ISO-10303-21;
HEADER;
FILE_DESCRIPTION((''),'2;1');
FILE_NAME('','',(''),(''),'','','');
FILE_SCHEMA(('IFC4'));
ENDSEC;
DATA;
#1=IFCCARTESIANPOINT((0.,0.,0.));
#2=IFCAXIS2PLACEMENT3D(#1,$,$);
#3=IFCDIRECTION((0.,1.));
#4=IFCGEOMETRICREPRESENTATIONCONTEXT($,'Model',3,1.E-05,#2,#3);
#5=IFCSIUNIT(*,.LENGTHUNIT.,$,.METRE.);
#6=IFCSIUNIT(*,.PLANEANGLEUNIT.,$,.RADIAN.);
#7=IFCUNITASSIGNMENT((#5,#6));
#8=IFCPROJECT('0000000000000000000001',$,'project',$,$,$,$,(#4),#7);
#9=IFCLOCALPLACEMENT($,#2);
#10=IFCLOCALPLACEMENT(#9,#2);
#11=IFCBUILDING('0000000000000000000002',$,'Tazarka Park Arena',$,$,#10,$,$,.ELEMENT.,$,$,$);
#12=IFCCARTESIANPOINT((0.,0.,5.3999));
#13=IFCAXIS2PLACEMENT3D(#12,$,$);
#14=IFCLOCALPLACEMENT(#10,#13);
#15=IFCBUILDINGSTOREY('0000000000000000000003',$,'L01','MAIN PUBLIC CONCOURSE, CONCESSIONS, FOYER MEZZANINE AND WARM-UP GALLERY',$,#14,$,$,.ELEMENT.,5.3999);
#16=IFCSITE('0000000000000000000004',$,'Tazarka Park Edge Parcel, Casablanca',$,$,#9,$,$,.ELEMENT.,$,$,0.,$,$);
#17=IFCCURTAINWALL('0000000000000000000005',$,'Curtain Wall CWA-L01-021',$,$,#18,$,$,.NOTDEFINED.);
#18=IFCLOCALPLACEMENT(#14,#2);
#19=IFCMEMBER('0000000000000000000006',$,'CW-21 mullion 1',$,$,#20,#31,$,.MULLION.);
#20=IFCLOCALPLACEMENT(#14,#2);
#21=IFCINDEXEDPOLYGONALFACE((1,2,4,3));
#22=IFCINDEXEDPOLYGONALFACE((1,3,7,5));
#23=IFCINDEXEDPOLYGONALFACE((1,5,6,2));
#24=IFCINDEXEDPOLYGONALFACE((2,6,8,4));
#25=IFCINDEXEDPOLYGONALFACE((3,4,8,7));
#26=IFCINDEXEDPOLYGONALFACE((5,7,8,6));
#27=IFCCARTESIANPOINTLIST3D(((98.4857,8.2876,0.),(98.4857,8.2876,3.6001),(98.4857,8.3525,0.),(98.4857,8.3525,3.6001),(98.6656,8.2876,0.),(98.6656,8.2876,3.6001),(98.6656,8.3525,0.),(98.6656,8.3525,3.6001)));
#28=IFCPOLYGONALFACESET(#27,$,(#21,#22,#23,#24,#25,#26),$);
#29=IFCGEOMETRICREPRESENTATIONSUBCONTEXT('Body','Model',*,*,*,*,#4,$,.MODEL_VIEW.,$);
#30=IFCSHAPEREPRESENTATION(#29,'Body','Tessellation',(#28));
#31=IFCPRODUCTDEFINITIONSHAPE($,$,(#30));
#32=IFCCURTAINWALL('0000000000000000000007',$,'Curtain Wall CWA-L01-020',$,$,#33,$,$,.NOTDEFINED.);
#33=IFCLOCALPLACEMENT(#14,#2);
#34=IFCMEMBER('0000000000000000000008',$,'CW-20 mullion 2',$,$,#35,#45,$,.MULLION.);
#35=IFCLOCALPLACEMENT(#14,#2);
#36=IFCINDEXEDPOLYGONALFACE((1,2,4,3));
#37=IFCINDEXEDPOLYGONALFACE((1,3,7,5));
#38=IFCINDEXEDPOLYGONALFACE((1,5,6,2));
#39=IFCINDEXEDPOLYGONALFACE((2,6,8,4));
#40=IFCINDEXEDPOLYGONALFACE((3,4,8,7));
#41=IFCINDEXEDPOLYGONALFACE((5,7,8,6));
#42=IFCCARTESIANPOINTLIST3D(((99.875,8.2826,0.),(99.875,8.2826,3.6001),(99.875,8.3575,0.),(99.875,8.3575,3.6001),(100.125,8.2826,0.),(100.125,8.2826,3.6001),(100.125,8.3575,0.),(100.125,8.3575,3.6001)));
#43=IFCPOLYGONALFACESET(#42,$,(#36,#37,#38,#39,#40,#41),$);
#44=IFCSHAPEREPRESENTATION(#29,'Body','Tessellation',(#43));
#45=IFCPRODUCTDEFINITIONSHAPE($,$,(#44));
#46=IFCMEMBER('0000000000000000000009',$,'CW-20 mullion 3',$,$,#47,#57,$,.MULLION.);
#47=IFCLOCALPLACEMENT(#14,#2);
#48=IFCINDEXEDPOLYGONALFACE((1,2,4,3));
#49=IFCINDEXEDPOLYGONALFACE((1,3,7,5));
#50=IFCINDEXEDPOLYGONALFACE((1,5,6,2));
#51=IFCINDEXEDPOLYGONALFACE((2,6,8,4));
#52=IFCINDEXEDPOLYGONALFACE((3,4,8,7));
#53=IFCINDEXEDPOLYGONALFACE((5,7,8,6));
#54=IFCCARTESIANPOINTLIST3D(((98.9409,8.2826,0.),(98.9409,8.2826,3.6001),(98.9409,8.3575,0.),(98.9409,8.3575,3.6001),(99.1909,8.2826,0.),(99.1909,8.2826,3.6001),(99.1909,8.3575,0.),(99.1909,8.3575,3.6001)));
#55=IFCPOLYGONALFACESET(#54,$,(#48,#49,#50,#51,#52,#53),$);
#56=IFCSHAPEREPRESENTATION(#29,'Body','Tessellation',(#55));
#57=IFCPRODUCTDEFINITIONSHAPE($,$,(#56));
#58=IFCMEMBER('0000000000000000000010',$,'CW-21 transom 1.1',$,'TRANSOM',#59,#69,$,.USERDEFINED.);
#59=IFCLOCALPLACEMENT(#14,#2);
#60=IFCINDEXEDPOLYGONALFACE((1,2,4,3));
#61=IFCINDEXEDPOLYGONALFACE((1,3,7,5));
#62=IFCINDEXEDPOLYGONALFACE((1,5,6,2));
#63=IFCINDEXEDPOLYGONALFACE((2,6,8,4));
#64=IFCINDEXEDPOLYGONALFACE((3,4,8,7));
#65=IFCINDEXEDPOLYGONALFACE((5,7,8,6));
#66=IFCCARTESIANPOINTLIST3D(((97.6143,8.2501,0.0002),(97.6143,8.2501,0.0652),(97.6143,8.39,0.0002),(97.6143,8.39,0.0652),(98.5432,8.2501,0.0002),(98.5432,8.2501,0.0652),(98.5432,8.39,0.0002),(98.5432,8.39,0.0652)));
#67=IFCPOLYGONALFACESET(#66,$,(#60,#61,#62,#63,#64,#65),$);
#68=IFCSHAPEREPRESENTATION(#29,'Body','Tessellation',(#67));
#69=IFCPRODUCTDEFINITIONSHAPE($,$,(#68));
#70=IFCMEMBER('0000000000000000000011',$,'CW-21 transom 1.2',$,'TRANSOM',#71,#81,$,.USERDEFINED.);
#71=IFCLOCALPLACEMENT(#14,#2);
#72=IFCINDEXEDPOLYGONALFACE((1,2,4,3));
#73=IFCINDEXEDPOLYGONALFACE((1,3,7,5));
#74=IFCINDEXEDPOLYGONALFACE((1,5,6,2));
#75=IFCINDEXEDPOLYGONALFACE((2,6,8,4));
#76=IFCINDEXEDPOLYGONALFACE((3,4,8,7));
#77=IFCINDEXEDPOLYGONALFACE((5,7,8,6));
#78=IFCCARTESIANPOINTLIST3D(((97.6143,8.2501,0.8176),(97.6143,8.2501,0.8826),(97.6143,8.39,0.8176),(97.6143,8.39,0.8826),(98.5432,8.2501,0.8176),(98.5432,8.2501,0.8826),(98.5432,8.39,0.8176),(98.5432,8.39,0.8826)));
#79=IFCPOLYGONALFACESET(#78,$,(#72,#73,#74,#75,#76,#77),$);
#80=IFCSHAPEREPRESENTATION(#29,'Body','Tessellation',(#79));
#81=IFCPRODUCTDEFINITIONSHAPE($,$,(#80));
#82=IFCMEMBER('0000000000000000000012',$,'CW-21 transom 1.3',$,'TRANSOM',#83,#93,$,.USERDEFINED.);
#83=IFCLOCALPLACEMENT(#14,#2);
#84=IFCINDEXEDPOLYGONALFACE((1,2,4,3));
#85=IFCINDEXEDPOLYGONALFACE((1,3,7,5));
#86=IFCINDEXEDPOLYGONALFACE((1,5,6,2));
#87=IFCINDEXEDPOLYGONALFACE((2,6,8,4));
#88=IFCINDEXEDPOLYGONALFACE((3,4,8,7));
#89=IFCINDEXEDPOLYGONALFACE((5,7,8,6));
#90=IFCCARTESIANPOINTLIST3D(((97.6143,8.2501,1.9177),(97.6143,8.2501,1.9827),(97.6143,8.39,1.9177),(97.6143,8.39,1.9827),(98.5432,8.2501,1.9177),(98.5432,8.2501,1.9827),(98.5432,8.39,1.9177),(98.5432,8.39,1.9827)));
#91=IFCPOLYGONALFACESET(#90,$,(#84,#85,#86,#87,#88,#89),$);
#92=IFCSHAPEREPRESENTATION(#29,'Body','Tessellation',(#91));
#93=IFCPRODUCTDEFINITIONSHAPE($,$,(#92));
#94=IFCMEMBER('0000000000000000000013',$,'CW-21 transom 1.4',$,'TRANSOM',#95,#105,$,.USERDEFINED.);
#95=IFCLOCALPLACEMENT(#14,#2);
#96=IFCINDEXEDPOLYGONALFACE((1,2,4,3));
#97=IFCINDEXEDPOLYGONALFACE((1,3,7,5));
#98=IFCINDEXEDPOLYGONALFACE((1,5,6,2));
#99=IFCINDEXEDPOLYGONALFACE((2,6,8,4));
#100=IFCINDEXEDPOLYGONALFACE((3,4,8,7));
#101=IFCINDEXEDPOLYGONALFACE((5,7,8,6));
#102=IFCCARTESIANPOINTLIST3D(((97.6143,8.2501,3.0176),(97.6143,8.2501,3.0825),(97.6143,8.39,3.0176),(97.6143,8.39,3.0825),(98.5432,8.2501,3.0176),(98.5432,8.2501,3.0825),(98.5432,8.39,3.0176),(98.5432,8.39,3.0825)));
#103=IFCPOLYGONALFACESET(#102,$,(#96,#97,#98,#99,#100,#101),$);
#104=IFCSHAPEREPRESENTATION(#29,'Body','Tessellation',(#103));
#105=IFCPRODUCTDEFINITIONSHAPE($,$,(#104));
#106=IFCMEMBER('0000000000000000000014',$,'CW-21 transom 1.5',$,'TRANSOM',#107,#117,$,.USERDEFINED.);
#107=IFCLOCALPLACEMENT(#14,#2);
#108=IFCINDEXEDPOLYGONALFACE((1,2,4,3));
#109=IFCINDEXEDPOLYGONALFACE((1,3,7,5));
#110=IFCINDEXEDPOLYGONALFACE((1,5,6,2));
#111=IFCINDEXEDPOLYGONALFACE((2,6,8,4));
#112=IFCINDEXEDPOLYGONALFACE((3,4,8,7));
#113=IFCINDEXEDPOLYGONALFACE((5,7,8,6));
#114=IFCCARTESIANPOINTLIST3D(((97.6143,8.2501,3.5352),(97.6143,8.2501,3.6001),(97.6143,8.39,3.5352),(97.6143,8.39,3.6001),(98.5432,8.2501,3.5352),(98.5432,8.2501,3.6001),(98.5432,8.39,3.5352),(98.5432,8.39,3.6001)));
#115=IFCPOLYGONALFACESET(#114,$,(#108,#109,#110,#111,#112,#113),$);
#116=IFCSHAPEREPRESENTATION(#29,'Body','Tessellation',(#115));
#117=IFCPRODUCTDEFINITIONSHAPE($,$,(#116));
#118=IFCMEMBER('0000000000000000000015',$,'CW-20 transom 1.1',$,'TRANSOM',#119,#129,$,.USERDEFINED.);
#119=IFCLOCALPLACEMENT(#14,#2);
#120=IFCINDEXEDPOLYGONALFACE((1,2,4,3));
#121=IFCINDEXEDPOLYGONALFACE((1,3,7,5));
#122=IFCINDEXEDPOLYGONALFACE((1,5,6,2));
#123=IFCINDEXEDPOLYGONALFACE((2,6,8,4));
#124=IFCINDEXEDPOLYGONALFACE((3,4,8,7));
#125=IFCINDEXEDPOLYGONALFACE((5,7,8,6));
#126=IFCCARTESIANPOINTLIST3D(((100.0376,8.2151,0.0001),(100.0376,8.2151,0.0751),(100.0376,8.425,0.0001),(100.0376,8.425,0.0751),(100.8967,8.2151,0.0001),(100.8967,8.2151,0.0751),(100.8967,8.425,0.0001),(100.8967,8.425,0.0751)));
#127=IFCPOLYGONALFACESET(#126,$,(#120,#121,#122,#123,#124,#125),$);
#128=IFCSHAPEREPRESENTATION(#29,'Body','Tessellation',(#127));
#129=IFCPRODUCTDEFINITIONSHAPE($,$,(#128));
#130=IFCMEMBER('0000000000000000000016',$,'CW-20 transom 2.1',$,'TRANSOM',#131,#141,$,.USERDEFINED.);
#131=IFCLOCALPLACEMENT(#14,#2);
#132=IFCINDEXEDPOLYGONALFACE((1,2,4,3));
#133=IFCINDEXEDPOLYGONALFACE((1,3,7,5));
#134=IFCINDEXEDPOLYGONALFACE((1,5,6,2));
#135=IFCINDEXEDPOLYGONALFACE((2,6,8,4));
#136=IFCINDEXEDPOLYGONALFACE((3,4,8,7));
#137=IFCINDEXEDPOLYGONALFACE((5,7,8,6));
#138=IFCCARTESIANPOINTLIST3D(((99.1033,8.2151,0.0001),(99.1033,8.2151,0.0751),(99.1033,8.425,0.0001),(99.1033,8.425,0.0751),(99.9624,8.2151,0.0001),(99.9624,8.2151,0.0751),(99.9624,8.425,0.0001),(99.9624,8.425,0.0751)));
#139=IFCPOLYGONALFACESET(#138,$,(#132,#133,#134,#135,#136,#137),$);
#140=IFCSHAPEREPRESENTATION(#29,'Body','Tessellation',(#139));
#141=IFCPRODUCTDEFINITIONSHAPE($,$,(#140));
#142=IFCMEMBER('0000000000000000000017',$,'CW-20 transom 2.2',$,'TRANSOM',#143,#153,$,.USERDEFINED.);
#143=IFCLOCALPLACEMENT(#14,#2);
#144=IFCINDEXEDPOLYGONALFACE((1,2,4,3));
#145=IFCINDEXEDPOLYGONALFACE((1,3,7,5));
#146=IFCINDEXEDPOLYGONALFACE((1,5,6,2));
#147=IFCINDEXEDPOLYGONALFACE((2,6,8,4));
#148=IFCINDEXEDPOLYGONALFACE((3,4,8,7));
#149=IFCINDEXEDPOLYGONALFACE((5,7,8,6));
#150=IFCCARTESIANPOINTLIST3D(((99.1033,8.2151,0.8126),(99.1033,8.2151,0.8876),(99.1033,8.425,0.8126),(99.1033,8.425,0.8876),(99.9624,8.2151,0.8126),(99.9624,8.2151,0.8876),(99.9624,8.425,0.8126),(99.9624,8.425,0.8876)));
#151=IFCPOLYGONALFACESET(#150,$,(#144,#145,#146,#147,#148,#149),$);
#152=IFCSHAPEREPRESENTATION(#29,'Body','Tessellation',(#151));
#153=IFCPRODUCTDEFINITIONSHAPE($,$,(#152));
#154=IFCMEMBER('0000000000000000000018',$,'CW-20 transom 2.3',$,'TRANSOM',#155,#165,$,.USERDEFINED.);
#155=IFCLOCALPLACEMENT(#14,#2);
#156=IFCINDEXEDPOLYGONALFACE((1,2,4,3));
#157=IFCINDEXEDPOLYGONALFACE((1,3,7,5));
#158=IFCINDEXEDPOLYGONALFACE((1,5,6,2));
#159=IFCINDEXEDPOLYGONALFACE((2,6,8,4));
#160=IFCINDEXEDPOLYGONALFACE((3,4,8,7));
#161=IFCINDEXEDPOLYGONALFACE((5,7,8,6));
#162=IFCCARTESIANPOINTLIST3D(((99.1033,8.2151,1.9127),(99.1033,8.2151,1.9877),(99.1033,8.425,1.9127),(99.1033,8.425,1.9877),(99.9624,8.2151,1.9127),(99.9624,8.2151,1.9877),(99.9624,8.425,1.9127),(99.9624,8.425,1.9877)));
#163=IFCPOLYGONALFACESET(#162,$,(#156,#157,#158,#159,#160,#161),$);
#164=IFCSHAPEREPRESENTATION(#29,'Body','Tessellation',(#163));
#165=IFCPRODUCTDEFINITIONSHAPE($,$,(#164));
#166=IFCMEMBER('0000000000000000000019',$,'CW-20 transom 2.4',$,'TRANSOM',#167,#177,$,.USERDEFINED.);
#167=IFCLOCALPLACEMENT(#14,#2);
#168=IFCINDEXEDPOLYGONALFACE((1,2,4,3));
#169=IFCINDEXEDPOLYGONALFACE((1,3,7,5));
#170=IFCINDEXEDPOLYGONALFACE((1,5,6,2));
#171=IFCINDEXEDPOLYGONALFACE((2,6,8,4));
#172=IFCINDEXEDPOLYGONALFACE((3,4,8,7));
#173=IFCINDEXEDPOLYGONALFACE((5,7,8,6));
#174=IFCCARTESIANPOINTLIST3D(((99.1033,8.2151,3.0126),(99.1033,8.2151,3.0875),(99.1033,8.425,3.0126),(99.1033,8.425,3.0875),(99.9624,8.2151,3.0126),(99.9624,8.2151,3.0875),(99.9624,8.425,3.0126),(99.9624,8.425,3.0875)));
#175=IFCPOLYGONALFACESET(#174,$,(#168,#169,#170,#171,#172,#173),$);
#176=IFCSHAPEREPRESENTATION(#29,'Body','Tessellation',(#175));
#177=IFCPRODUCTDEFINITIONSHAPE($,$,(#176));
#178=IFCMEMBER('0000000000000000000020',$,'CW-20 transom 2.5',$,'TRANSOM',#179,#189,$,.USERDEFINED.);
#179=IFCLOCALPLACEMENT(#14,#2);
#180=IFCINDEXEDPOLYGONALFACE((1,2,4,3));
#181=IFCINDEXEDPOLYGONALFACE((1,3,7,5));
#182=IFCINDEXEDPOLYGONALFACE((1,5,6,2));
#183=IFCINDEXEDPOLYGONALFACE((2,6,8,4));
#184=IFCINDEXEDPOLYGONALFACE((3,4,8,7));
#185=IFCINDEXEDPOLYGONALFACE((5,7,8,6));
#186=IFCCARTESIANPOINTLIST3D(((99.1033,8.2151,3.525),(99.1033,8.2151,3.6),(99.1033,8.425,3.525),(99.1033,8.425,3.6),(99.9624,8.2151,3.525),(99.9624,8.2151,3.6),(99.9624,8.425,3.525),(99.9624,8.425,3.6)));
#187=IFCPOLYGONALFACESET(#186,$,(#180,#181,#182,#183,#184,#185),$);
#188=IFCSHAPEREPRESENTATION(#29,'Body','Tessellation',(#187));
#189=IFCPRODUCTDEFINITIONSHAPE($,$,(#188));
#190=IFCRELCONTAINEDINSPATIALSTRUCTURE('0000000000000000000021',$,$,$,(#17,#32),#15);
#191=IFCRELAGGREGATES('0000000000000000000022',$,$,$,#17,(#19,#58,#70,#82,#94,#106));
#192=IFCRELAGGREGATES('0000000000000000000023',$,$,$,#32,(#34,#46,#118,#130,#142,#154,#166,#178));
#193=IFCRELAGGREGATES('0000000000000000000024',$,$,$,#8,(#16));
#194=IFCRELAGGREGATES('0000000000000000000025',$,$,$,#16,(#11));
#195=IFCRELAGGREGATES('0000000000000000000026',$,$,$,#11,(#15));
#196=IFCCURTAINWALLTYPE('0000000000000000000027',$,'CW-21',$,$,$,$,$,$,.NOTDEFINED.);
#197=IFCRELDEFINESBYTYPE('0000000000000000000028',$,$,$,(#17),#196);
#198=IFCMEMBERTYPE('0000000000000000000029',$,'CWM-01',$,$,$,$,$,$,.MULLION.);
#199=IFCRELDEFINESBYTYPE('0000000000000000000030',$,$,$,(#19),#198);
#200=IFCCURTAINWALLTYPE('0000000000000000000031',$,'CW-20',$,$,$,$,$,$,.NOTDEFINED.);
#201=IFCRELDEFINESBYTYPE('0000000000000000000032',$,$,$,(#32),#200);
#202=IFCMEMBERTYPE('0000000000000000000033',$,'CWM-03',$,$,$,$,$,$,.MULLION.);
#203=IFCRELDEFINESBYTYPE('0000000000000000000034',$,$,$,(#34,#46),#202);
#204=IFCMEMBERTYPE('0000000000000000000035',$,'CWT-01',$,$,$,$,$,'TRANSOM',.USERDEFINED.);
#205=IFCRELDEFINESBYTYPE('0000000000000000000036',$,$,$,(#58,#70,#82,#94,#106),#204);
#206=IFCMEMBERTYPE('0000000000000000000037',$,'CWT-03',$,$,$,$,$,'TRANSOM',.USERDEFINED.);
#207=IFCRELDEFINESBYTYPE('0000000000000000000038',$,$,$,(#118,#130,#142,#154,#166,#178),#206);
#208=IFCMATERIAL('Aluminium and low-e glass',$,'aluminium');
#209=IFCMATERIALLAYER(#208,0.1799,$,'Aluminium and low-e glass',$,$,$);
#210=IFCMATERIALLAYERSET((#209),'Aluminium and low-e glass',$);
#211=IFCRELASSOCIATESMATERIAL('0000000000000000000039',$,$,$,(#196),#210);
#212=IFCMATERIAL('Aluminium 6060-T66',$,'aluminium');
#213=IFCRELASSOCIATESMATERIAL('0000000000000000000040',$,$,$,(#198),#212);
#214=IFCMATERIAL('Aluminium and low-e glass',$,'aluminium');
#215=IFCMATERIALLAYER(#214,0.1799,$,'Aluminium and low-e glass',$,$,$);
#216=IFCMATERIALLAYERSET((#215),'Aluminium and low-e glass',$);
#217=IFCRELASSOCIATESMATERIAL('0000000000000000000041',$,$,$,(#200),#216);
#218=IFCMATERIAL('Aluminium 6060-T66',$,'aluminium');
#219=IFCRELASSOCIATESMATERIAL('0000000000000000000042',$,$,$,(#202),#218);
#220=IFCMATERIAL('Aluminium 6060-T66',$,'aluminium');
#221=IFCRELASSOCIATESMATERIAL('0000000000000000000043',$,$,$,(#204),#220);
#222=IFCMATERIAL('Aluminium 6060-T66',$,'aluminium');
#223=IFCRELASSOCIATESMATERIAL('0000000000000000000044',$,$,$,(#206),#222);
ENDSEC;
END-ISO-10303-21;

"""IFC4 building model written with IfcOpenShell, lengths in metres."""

from ifc_helpers import new_model, si_unit, direction, frame, origin, origin_2d, place, context, subcontext, project, spatial, rectangle, extrude, material, layer, layer_set, material_profile, profile_set, type_object, element, aggregate, save


model = new_model("IFC4")

# Units and contexts
model_context = context("Model", 3, precision=1e-05, world=origin(), true_north=direction((0.0, 1.0)))
body_context = subcontext(model_context, "Body", "Model", "MODEL_VIEW")
ifc_project = project(units=[si_unit("LENGTHUNIT", "METRE"), si_unit("PLANEANGLEUNIT", "RADIAN")], contexts=[model_context])

# Site, building, storey
site_placement = place(None, origin())
site = spatial("IfcSite", under=ifc_project, at=site_placement, Name="Tazarka Park Edge Parcel, Casablanca", CompositionType="ELEMENT", RefElevation=0.0)
building_placement = place(site_placement, origin())
building = spatial("IfcBuilding", under=site, at=building_placement, Name="Tazarka Park Arena", CompositionType="ELEMENT")
storey_placement = place(building_placement, frame((0.0, 0.0, 5.3999)))
storey = spatial("IfcBuildingStorey", under=building, at=storey_placement, Name="L01", Description="MAIN PUBLIC CONCOURSE, CONCESSIONS, FOYER MEZZANINE AND WARM-UP GALLERY", CompositionType="ELEMENT", Elevation=5.3999)

# Curtain wall, member
ifc_material_1 = material(Name="Aluminium and low-e glass", Category="aluminium")
ifc_layer_1 = layer(ifc_material_1, 0.1799, Name="Aluminium and low-e glass")
ifc_layer_set_1 = layer_set([ifc_layer_1], Name="Aluminium and low-e glass")
curtain_wall_type_1 = type_object("IfcCurtainWallType", Name="CW-21", PredefinedType="NOTDEFINED", material=ifc_layer_set_1)
curtain_wall_1_placement = place(storey_placement, origin())
curtain_wall_1 = element("IfcCurtainWall", 1, at=curtain_wall_1_placement, inside=storey, type_object=curtain_wall_type_1, Name="Curtain Wall CWA-L01-021", PredefinedType="NOTDEFINED")
ifc_material_2 = material(Name="Aluminium 6060-T66", Category="aluminium")
ifc_material_profile_1 = material_profile(ifc_material_2, rectangle(XDim=0.0649, YDim=0.1799, at=origin_2d()), Name="Aluminium 6060-T66")
ifc_profile_set_1 = profile_set([ifc_material_profile_1], Name="Aluminium 6060-T66")
member_type_1 = type_object("IfcMemberType", Name="CWM-01", PredefinedType="MULLION", material=ifc_profile_set_1)
member_1_placement = place(storey_placement, frame((98.5757, 8.3201, 0.0), z_axis=(0.0, 0.0, 1.0), x_axis=(0.0, -1.0, 0.0)))
member_1 = element("IfcMember", 2, at=member_1_placement, type_object=member_type_1, Name="CW-21 mullion 1", PredefinedType="MULLION", context=body_context, shape_type="SweptSolid", body=[
    extrude(rectangle(XDim=0.0649, YDim=0.1799, at=origin_2d()), origin(), (0.0, 0.0, 1.0), 3.6001),
])

# Curtain wall, members
ifc_material_3 = material(Name="Aluminium and low-e glass", Category="aluminium")
ifc_layer_2 = layer(ifc_material_3, 0.1799, Name="Aluminium and low-e glass")
ifc_layer_set_2 = layer_set([ifc_layer_2], Name="Aluminium and low-e glass")
curtain_wall_type_2 = type_object("IfcCurtainWallType", Name="CW-20", PredefinedType="NOTDEFINED", material=ifc_layer_set_2)
curtain_wall_2_placement = place(storey_placement, origin())
curtain_wall_2 = element("IfcCurtainWall", 3, at=curtain_wall_2_placement, inside=storey, type_object=curtain_wall_type_2, Name="Curtain Wall CWA-L01-020", PredefinedType="NOTDEFINED")
ifc_material_4 = material(Name="Aluminium 6060-T66", Category="aluminium")
ifc_material_profile_2 = material_profile(ifc_material_4, rectangle(XDim=0.075, YDim=0.25, at=origin_2d()), Name="Aluminium 6060-T66")
ifc_profile_set_2 = profile_set([ifc_material_profile_2], Name="Aluminium 6060-T66")
member_type_2 = type_object("IfcMemberType", Name="CWM-03", PredefinedType="MULLION", material=ifc_profile_set_2)
member_2_placement = place(storey_placement, frame((100.0, 8.3201, 0.0), z_axis=(0.0, 0.0, 1.0), x_axis=(0.0, -1.0, 0.0)))
member_2 = element("IfcMember", 4, at=member_2_placement, type_object=member_type_2, Name="CW-20 mullion 2", PredefinedType="MULLION", context=body_context, shape_type="SweptSolid", body=[
    extrude(rectangle(XDim=0.075, YDim=0.25, at=origin_2d()), origin(), (0.0, 0.0, 1.0), 3.6001),
])
member_3_placement = place(storey_placement, frame((99.0659, 8.3201, 0.0), z_axis=(0.0, 0.0, 1.0), x_axis=(0.0, -1.0, 0.0)))
member_3 = element("IfcMember", 5, at=member_3_placement, type_object=member_type_2, Name="CW-20 mullion 3", PredefinedType="MULLION", context=body_context, shape_type="SweptSolid", body=[
    extrude(rectangle(XDim=0.075, YDim=0.25, at=origin_2d()), origin(), (0.0, 0.0, 1.0), 3.6001),
])

# Members
ifc_material_5 = material(Name="Aluminium 6060-T66", Category="aluminium")
ifc_material_profile_3 = material_profile(ifc_material_5, rectangle(XDim=0.1399, YDim=0.0649, at=origin_2d()), Name="Aluminium 6060-T66")
ifc_profile_set_3 = profile_set([ifc_material_profile_3], Name="Aluminium 6060-T66")
member_type_3 = type_object("IfcMemberType", Name="CWT-01", ElementType="TRANSOM", PredefinedType="USERDEFINED", material=ifc_profile_set_3)
member_4_placement = place(storey_placement, frame((98.5432, 8.3201, 0.0327), z_axis=(-1.0, 0.0, 0.0), x_axis=(0.0, -1.0, 0.0)))
member_4 = element("IfcMember", 6, at=member_4_placement, type_object=member_type_3, Name="CW-21 transom 1.1", ObjectType="TRANSOM", PredefinedType="USERDEFINED", context=body_context, shape_type="SweptSolid", body=[
    extrude(rectangle(XDim=0.1399, YDim=0.0649, at=origin_2d()), origin(), (0.0, 0.0, 1.0), 0.929),
])
member_5_placement = place(storey_placement, frame((98.5432, 8.3201, 0.8501), z_axis=(-1.0, 0.0, 0.0), x_axis=(0.0, -1.0, 0.0)))
member_5 = element("IfcMember", 7, at=member_5_placement, type_object=member_type_3, Name="CW-21 transom 1.2", ObjectType="TRANSOM", PredefinedType="USERDEFINED", context=body_context, shape_type="SweptSolid", body=[
    extrude(rectangle(XDim=0.1399, YDim=0.0649, at=origin_2d()), origin(), (0.0, 0.0, 1.0), 0.929),
])
member_6_placement = place(storey_placement, frame((98.5432, 8.3201, 1.9502), z_axis=(-1.0, 0.0, 0.0), x_axis=(0.0, -1.0, 0.0)))
member_6 = element("IfcMember", 8, at=member_6_placement, type_object=member_type_3, Name="CW-21 transom 1.3", ObjectType="TRANSOM", PredefinedType="USERDEFINED", context=body_context, shape_type="SweptSolid", body=[
    extrude(rectangle(XDim=0.1399, YDim=0.0649, at=origin_2d()), origin(), (0.0, 0.0, 1.0), 0.929),
])
member_7_placement = place(storey_placement, frame((98.5432, 8.3201, 3.05), z_axis=(-1.0, 0.0, 0.0), x_axis=(0.0, -1.0, 0.0)))
member_7 = element("IfcMember", 9, at=member_7_placement, type_object=member_type_3, Name="CW-21 transom 1.4", ObjectType="TRANSOM", PredefinedType="USERDEFINED", context=body_context, shape_type="SweptSolid", body=[
    extrude(rectangle(XDim=0.1399, YDim=0.0649, at=origin_2d()), origin(), (0.0, 0.0, 1.0), 0.929),
])
member_8_placement = place(storey_placement, frame((98.5432, 8.3201, 3.5676), z_axis=(-1.0, 0.0, 0.0), x_axis=(0.0, -1.0, 0.0)))
member_8 = element("IfcMember", 10, at=member_8_placement, type_object=member_type_3, Name="CW-21 transom 1.5", ObjectType="TRANSOM", PredefinedType="USERDEFINED", context=body_context, shape_type="SweptSolid", body=[
    extrude(rectangle(XDim=0.1399, YDim=0.0649, at=origin_2d()), origin(), (0.0, 0.0, 1.0), 0.929),
])
ifc_material_6 = material(Name="Aluminium 6060-T66", Category="aluminium")
ifc_material_profile_4 = material_profile(ifc_material_6, rectangle(XDim=0.21, YDim=0.075, at=origin_2d()), Name="Aluminium 6060-T66")
ifc_profile_set_4 = profile_set([ifc_material_profile_4], Name="Aluminium 6060-T66")
member_type_4 = type_object("IfcMemberType", Name="CWT-03", ElementType="TRANSOM", PredefinedType="USERDEFINED", material=ifc_profile_set_4)
member_9_placement = place(storey_placement, frame((100.8967, 8.3201, 0.0376), z_axis=(-1.0, 0.0, 0.0), x_axis=(0.0, -1.0, 0.0)))
member_9 = element("IfcMember", 11, at=member_9_placement, type_object=member_type_4, Name="CW-20 transom 1.1", ObjectType="TRANSOM", PredefinedType="USERDEFINED", context=body_context, shape_type="SweptSolid", body=[
    extrude(rectangle(XDim=0.21, YDim=0.075, at=origin_2d()), origin(), (0.0, 0.0, 1.0), 0.8591),
])
member_10_placement = place(storey_placement, frame((99.9624, 8.3201, 0.0376), z_axis=(-1.0, 0.0, 0.0), x_axis=(0.0, -1.0, 0.0)))
member_10 = element("IfcMember", 12, at=member_10_placement, type_object=member_type_4, Name="CW-20 transom 2.1", ObjectType="TRANSOM", PredefinedType="USERDEFINED", context=body_context, shape_type="SweptSolid", body=[
    extrude(rectangle(XDim=0.21, YDim=0.075, at=origin_2d()), origin(), (0.0, 0.0, 1.0), 0.8591),
])
member_11_placement = place(storey_placement, frame((99.9624, 8.3201, 0.8501), z_axis=(-1.0, 0.0, 0.0), x_axis=(0.0, -1.0, 0.0)))
member_11 = element("IfcMember", 13, at=member_11_placement, type_object=member_type_4, Name="CW-20 transom 2.2", ObjectType="TRANSOM", PredefinedType="USERDEFINED", context=body_context, shape_type="SweptSolid", body=[
    extrude(rectangle(XDim=0.21, YDim=0.075, at=origin_2d()), origin(), (0.0, 0.0, 1.0), 0.8591),
])
member_12_placement = place(storey_placement, frame((99.9624, 8.3201, 1.9502), z_axis=(-1.0, 0.0, 0.0), x_axis=(0.0, -1.0, 0.0)))
member_12 = element("IfcMember", 14, at=member_12_placement, type_object=member_type_4, Name="CW-20 transom 2.3", ObjectType="TRANSOM", PredefinedType="USERDEFINED", context=body_context, shape_type="SweptSolid", body=[
    extrude(rectangle(XDim=0.21, YDim=0.075, at=origin_2d()), origin(), (0.0, 0.0, 1.0), 0.8591),
])
member_13_placement = place(storey_placement, frame((99.9624, 8.3201, 3.05), z_axis=(-1.0, 0.0, 0.0), x_axis=(0.0, -1.0, 0.0)))
member_13 = element("IfcMember", 15, at=member_13_placement, type_object=member_type_4, Name="CW-20 transom 2.4", ObjectType="TRANSOM", PredefinedType="USERDEFINED", context=body_context, shape_type="SweptSolid", body=[
    extrude(rectangle(XDim=0.21, YDim=0.075, at=origin_2d()), origin(), (0.0, 0.0, 1.0), 0.8591),
])
member_14_placement = place(storey_placement, frame((99.9624, 8.3201, 3.5625), z_axis=(-1.0, 0.0, 0.0), x_axis=(0.0, -1.0, 0.0)))
member_14 = element("IfcMember", 16, at=member_14_placement, type_object=member_type_4, Name="CW-20 transom 2.5", ObjectType="TRANSOM", PredefinedType="USERDEFINED", context=body_context, shape_type="SweptSolid", body=[
    extrude(rectangle(XDim=0.21, YDim=0.075, at=origin_2d()), origin(), (0.0, 0.0, 1.0), 0.8591),
])

aggregate(curtain_wall_1, [member_1, member_4, member_5, member_6, member_7, member_8])
aggregate(curtain_wall_2, [member_2, member_3, member_9, member_10, member_11, member_12, member_13, member_14])

save(model, "model.ifc")
